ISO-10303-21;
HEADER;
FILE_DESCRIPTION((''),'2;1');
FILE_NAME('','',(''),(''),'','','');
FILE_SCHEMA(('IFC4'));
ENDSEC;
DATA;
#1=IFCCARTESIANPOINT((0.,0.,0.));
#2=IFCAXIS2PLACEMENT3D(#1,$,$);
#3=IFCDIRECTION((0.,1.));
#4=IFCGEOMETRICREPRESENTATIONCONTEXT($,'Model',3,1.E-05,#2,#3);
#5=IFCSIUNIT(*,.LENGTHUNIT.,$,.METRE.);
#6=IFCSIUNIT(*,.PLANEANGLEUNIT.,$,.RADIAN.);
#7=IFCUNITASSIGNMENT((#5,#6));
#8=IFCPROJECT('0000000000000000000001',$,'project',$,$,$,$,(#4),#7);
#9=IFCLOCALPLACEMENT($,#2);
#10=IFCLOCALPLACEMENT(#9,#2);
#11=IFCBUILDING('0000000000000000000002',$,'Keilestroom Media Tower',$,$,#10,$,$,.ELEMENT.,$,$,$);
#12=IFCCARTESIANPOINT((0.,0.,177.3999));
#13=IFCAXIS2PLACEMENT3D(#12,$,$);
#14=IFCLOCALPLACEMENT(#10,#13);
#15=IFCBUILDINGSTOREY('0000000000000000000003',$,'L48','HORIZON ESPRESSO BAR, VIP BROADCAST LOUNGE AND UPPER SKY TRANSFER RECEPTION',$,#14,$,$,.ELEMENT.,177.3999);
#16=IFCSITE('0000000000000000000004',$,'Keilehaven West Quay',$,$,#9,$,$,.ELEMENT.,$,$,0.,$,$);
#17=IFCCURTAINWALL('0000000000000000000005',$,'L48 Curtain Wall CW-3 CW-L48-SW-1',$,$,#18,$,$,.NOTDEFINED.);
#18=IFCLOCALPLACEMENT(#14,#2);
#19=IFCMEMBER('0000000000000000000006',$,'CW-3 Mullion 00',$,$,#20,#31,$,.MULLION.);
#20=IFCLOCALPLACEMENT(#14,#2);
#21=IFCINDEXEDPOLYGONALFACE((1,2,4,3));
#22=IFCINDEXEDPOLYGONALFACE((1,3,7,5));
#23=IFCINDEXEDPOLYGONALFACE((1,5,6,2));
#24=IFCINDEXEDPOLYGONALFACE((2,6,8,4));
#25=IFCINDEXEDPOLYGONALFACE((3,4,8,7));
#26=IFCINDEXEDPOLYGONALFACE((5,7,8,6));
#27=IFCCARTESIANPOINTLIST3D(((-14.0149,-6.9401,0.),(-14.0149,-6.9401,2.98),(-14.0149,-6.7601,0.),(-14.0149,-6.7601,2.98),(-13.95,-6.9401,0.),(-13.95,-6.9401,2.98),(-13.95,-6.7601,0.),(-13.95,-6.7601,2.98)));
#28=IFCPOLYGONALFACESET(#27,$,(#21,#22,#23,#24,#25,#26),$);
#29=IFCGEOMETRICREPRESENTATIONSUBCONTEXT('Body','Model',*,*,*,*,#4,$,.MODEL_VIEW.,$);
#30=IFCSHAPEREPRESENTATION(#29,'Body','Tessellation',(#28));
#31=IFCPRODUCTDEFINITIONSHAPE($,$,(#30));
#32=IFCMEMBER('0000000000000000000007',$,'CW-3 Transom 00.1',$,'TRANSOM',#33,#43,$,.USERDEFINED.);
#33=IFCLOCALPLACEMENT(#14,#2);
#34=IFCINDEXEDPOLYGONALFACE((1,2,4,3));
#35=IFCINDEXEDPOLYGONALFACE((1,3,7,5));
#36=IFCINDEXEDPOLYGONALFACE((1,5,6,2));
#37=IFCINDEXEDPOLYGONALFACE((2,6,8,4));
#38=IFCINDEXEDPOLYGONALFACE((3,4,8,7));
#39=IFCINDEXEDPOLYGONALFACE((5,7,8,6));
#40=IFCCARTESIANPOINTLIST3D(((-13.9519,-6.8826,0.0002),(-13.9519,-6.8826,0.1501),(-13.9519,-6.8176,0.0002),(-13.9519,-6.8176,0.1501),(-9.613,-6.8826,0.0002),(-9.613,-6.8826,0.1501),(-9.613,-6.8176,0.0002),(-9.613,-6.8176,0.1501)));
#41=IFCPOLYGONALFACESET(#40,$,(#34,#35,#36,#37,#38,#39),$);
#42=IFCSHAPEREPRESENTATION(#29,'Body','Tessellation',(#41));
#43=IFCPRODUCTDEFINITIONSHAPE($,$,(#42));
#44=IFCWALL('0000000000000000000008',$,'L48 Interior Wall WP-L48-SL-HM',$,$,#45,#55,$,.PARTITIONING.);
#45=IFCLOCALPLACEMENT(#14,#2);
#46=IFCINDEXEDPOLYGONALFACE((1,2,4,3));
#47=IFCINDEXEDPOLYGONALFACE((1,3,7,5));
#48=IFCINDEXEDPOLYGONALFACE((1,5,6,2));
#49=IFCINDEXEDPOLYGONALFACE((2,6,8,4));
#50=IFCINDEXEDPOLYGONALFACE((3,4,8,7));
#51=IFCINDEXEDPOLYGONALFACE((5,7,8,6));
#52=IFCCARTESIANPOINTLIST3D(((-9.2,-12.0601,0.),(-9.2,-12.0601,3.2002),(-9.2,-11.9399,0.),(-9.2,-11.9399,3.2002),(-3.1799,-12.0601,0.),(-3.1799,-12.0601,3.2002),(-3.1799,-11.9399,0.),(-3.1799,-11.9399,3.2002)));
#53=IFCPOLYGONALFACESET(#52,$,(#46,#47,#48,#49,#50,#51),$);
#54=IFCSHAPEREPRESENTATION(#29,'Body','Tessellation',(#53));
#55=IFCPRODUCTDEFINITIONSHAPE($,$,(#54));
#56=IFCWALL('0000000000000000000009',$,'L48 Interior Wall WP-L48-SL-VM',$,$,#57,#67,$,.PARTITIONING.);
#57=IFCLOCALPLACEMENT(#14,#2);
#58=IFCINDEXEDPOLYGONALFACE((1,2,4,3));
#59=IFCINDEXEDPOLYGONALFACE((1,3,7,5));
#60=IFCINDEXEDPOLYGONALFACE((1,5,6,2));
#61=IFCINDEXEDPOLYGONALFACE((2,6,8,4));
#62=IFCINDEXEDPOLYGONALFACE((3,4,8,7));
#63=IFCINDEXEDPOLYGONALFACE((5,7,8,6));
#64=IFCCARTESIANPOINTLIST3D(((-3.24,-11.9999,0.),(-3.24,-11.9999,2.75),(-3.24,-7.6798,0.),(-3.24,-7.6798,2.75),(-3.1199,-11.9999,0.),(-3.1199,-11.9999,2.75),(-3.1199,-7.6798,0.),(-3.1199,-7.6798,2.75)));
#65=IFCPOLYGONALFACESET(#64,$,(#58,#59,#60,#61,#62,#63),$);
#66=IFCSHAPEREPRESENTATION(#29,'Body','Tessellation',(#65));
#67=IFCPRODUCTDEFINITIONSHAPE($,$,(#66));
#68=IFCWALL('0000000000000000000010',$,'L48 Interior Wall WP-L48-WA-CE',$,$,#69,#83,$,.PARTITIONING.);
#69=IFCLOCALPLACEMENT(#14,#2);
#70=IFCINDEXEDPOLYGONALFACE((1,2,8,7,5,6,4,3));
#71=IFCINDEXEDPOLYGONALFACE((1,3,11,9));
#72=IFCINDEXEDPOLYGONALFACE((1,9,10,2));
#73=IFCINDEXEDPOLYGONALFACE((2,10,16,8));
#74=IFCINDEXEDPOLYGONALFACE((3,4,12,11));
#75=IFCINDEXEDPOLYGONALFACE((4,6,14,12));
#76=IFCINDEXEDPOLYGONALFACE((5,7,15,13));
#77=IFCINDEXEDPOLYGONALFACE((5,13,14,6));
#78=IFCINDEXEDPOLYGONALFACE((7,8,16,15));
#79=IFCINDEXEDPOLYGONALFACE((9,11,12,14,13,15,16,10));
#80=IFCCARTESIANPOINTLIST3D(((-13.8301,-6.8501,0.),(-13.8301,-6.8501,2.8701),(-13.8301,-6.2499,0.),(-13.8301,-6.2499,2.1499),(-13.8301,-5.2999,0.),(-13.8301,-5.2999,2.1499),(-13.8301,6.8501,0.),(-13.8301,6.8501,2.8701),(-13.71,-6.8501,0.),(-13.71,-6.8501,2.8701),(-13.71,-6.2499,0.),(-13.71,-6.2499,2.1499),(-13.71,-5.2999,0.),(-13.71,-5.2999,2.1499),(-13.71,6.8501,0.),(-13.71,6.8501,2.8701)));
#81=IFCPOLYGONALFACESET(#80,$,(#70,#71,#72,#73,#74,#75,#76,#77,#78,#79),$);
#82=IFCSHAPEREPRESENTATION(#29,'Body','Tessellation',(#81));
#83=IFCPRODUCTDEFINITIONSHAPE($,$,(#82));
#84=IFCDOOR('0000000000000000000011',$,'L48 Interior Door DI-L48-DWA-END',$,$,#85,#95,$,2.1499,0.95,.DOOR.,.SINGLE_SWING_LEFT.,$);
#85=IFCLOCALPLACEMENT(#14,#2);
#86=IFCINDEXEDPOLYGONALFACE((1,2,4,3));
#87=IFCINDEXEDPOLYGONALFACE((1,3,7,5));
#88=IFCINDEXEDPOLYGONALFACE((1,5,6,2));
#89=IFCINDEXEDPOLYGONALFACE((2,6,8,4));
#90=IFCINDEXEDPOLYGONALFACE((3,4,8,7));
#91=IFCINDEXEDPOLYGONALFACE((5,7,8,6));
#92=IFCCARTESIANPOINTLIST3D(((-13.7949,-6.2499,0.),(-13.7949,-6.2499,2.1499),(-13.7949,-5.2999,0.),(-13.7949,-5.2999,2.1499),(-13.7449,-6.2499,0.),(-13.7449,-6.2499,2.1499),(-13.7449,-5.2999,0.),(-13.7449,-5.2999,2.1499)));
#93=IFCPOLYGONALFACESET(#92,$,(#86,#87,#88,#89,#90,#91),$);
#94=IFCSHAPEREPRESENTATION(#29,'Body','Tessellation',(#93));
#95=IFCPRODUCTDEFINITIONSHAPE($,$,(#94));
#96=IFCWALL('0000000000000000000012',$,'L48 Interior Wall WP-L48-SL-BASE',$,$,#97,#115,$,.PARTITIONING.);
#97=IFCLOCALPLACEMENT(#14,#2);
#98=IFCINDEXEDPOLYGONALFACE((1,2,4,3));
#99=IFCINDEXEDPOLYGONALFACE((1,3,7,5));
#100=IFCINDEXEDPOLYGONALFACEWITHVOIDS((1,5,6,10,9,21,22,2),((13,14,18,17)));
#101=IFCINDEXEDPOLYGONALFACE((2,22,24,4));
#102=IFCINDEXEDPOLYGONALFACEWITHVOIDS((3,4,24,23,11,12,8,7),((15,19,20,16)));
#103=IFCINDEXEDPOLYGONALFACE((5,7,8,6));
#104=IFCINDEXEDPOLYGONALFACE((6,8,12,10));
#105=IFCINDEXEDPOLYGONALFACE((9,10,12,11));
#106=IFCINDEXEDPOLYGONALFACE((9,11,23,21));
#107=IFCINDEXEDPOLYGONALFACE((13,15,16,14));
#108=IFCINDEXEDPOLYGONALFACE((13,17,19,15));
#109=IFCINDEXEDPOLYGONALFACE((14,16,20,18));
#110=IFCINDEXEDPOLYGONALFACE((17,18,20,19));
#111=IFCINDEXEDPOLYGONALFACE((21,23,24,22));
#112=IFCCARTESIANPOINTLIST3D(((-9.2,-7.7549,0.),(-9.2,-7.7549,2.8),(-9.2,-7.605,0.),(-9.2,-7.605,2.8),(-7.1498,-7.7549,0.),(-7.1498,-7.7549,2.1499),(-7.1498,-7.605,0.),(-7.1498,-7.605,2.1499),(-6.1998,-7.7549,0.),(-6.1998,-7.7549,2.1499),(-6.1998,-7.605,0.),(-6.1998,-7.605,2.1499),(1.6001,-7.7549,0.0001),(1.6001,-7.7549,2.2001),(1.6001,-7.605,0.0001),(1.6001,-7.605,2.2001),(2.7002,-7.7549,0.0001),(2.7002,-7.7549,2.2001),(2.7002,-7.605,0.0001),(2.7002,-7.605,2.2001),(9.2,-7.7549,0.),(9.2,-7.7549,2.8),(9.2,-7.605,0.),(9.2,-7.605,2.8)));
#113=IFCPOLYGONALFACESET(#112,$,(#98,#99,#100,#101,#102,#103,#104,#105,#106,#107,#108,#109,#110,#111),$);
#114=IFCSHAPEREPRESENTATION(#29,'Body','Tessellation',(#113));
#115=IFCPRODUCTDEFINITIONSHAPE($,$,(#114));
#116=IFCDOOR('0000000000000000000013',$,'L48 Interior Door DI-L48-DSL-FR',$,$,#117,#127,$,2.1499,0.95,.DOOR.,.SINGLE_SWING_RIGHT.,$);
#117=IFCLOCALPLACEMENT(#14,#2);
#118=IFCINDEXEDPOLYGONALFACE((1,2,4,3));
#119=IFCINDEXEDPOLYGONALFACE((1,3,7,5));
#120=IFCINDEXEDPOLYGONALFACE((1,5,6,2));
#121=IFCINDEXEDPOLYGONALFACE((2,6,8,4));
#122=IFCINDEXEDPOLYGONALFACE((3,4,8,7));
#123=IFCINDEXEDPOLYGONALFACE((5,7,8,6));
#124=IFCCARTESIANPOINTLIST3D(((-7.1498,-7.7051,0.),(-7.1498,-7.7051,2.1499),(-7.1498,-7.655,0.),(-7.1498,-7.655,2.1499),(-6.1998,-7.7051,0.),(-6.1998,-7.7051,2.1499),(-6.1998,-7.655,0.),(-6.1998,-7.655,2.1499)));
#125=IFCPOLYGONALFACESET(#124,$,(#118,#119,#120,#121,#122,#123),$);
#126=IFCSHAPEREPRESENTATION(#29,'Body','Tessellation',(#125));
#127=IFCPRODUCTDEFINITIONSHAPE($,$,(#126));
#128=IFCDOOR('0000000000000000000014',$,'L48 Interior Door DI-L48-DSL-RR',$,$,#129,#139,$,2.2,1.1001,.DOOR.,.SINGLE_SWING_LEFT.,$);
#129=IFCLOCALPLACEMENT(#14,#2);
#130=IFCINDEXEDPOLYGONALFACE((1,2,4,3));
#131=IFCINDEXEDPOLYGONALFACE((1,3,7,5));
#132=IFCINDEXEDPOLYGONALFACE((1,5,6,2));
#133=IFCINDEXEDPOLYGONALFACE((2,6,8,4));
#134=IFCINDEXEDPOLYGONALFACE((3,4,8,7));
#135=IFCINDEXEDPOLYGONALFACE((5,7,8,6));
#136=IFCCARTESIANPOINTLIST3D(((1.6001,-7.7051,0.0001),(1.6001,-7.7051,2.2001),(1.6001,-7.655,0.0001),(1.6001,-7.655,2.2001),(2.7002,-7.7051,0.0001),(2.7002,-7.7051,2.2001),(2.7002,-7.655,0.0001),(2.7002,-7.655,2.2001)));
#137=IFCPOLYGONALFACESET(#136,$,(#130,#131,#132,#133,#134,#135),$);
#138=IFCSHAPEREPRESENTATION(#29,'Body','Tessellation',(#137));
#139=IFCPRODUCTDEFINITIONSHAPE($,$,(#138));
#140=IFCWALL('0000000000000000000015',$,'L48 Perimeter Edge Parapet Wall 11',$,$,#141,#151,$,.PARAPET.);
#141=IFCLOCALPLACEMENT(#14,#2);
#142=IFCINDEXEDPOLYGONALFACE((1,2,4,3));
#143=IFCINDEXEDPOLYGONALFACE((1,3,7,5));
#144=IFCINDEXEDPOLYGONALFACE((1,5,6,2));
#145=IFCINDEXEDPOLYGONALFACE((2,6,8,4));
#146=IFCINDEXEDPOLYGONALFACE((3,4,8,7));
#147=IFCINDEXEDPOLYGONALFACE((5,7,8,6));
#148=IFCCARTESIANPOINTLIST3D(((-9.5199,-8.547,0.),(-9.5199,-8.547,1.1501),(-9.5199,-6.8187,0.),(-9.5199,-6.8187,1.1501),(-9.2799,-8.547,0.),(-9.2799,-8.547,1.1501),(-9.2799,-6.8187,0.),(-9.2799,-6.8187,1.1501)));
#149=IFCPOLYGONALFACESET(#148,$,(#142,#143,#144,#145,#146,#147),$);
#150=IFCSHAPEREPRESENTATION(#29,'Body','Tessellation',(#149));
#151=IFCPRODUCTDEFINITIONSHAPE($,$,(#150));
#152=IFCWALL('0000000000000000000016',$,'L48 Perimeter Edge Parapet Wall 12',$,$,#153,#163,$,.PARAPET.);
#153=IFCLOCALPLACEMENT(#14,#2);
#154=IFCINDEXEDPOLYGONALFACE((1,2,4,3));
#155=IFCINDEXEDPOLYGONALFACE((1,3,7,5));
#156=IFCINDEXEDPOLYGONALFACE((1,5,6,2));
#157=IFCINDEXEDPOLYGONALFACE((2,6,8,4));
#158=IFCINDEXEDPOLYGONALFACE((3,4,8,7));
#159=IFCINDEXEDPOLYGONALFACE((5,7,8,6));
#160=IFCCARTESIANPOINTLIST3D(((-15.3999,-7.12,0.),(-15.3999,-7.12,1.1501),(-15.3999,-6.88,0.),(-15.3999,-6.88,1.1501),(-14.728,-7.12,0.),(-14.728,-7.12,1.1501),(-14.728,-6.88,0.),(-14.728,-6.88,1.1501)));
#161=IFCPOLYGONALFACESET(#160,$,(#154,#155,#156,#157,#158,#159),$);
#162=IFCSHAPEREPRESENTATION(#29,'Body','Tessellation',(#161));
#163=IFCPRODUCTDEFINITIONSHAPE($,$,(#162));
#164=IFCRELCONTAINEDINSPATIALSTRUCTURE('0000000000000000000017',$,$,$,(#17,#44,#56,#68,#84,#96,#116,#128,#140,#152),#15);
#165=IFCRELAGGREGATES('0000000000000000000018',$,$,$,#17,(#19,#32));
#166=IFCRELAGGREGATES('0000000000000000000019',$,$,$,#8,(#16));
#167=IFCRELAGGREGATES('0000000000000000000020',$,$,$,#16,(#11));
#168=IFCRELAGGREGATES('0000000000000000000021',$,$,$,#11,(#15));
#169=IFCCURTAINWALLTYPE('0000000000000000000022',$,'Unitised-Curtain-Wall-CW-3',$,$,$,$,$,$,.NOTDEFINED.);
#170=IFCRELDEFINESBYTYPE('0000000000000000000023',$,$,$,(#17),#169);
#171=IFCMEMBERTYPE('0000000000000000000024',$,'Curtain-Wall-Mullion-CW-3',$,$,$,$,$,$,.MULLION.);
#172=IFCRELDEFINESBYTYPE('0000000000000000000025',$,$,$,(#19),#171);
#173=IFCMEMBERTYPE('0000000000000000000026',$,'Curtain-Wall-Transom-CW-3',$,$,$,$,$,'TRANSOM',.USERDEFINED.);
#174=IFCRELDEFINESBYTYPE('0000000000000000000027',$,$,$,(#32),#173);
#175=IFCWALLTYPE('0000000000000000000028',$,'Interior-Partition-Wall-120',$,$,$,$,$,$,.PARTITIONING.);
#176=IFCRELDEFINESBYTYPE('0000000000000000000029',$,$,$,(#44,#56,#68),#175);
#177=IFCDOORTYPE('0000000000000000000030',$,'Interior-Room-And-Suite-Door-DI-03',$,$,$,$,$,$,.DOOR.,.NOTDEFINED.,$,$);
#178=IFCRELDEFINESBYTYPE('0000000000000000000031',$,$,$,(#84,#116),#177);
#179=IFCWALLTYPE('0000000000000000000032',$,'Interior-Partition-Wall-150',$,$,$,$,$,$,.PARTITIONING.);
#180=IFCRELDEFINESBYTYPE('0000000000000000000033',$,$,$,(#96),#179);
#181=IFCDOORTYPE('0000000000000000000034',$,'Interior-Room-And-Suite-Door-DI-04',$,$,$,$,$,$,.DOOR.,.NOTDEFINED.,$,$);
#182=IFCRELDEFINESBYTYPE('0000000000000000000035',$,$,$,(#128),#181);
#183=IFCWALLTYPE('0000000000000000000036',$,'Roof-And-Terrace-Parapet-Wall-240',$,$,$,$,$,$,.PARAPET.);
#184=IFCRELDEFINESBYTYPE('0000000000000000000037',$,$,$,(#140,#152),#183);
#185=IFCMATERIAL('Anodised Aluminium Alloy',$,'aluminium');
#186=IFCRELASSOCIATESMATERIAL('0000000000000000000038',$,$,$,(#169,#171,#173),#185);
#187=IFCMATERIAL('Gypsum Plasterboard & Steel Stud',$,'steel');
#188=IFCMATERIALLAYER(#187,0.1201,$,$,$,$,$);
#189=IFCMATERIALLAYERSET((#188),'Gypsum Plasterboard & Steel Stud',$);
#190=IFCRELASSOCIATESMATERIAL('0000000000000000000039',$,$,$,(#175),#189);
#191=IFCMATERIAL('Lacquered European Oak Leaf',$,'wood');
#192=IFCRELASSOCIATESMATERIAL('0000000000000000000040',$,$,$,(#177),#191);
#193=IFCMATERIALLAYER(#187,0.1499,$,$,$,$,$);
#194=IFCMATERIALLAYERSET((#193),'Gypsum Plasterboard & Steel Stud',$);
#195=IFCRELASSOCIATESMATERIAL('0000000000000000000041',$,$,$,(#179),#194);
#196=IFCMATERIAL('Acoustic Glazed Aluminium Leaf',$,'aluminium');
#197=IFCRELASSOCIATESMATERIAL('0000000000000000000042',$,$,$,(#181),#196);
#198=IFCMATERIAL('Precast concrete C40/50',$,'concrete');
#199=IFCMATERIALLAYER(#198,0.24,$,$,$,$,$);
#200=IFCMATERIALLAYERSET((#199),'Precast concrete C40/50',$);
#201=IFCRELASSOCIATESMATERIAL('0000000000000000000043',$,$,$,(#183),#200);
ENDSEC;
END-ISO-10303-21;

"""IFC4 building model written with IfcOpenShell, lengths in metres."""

from ifc_helpers import new_model, si_unit, direction, frame, frame_2d, origin, origin_2d, place, context, subcontext, project, spatial, rectangle, extrude, source, transform, mapped, material, layer, layer_set, material_profile, profile_set, type_object, element, fill, aggregate, save


model = new_model("IFC4")

# Units and contexts
model_context = context("Model", 3, precision=1e-05, world=origin(), true_north=direction((0.0, 1.0)))
body_context = subcontext(model_context, "Body", "Model", "MODEL_VIEW")
ifc_project = project(units=[si_unit("LENGTHUNIT", "METRE"), si_unit("PLANEANGLEUNIT", "RADIAN")], contexts=[model_context])

# Site, building, storey
site_placement = place(None, origin())
site = spatial("IfcSite", under=ifc_project, at=site_placement, Name="Keilehaven West Quay", CompositionType="ELEMENT", RefElevation=0.0)
building_placement = place(site_placement, origin())
building = spatial("IfcBuilding", under=site, at=building_placement, Name="Keilestroom Media Tower", CompositionType="ELEMENT")
storey_placement = place(building_placement, frame((0.0, 0.0, 177.3999)))
storey = spatial("IfcBuildingStorey", under=building, at=storey_placement, Name="L48", Description="HORIZON ESPRESSO BAR, VIP BROADCAST LOUNGE AND UPPER SKY TRANSFER RECEPTION", CompositionType="ELEMENT", Elevation=177.3999)

# Shared definitions
ifc_material_1 = material(Name="Precast concrete C40/50", Category="concrete")

# Curtain wall, members
ifc_material_2 = material(Name="Anodised Aluminium Alloy", Category="aluminium")
curtain_wall_type = type_object("IfcCurtainWallType", Name="Unitised-Curtain-Wall-CW-3", PredefinedType="NOTDEFINED", material=ifc_material_2)
curtain_wall_placement = place(storey_placement, origin())
curtain_wall = element("IfcCurtainWall", 1, at=curtain_wall_placement, inside=storey, type_object=curtain_wall_type, Name="L48 Curtain Wall CW-3 CW-L48-SW-1", PredefinedType="NOTDEFINED")
ifc_material_profile_1 = material_profile(ifc_material_2, rectangle(XDim=0.0649, YDim=0.1799, at=origin_2d()), Name="ALU MULLION 65x180")
ifc_profile_set_1 = profile_set([ifc_material_profile_1], Name="Anodised Aluminium Alloy")
member_type_1 = type_object("IfcMemberType", Name="Curtain-Wall-Mullion-CW-3", PredefinedType="MULLION", material=ifc_profile_set_1)
shared_shape_1 = source(origin(), body_context, "Body", "SweptSolid", [
    extrude(rectangle(XDim=0.0649, YDim=0.1799, at=origin_2d()), origin(), (0.0, 0.0, 1.0), 2.98),
])
member_1_placement = place(storey_placement, frame((-13.9824, -6.8501, 0.0), z_axis=(0.0, 0.0, 1.0), x_axis=(1.0, 0.0, 0.0)))
member_1 = element("IfcMember", 2, at=member_1_placement, type_object=member_type_1, Name="CW-3 Mullion 00", PredefinedType="MULLION", context=body_context, shape_type="MappedRepresentation", body=[
    mapped(shared_shape_1, transform((0.0, 0.0, 0.0), x_axis=(1.0, 0.0, 0.0), y_axis=(0.0, 1.0, 0.0), z_axis=(0.0, 0.0, 1.0), scale=1.0)),
])
ifc_material_profile_2 = material_profile(ifc_material_2, rectangle(XDim=0.0649, YDim=0.1499, at=origin_2d()), Name="ALU TRANSOM 65x150")
ifc_profile_set_2 = profile_set([ifc_material_profile_2], Name="Anodised Aluminium Alloy")
member_type_2 = type_object("IfcMemberType", Name="Curtain-Wall-Transom-CW-3", ElementType="TRANSOM", PredefinedType="USERDEFINED", material=ifc_profile_set_2)
shared_shape_2 = source(origin(), body_context, "Body", "SweptSolid", [
    extrude(rectangle(XDim=0.0649, YDim=0.1499, at=origin_2d()), origin(), (0.0, 0.0, 1.0), 4.3389),
])
member_2_placement = place(storey_placement, frame((-13.9519, -6.8501, 0.0752), z_axis=(1.0, 0.0, 0.0), x_axis=(0.0, 1.0, 0.0)))
member_2 = element("IfcMember", 3, at=member_2_placement, type_object=member_type_2, Name="CW-3 Transom 00.1", ObjectType="TRANSOM", PredefinedType="USERDEFINED", context=body_context, shape_type="MappedRepresentation", body=[
    mapped(shared_shape_2, transform((0.0, 0.0, 0.0), x_axis=(1.0, 0.0, 0.0), y_axis=(0.0, 1.0, 0.0), z_axis=(0.0, 0.0, 1.0), scale=1.0)),
])
aggregate(curtain_wall, [member_1, member_2])

# Walls
ifc_material_3 = material(Name="Gypsum Plasterboard & Steel Stud", Category="steel")
ifc_layer_1 = layer(ifc_material_3, 0.1201)
ifc_layer_set_1 = layer_set([ifc_layer_1], Name="Gypsum Plasterboard & Steel Stud")
wall_type_1 = type_object("IfcWallType", Name="Interior-Partition-Wall-120", PredefinedType="PARTITIONING", material=ifc_layer_set_1)
wall_1_placement = place(storey_placement, frame((-9.2, -12.0, 0.0), z_axis=(0.0, 0.0, 1.0), x_axis=(1.0, 0.0, 0.0)))
element("IfcWall", 4, at=wall_1_placement, inside=storey, type_object=wall_type_1, Name="L48 Interior Wall WP-L48-SL-HM", PredefinedType="PARTITIONING", context=body_context, shape_type="SweptSolid", body=[
    extrude(rectangle(XDim=6.02, YDim=0.1201, at=frame_2d((3.01, 0.0))), origin(), (0.0, 0.0, 1.0), 3.2002),
])
wall_2_placement = place(storey_placement, frame((-3.1799, -12.0, 0.0), z_axis=(0.0, 0.0, 1.0), x_axis=(0.0, 1.0, 0.0)))
element("IfcWall", 5, at=wall_2_placement, inside=storey, type_object=wall_type_1, Name="L48 Interior Wall WP-L48-SL-VM", PredefinedType="PARTITIONING", context=body_context, shape_type="SweptSolid", body=[
    extrude(rectangle(XDim=4.3201, YDim=0.1201, at=frame_2d((2.1602, 0.0))), origin(), (0.0, 0.0, 1.0), 2.75),
])

# Wall, opening, door
wall_3_placement = place(storey_placement, frame((-13.77, -6.8501, 0.0), z_axis=(0.0, 0.0, 1.0), x_axis=(0.0, 1.0, 0.0)))
wall_3 = element("IfcWall", 6, at=wall_3_placement, inside=storey, type_object=wall_type_1, Name="L48 Interior Wall WP-L48-WA-CE", PredefinedType="PARTITIONING", context=body_context, shape_type="SweptSolid", body=[
    extrude(rectangle(XDim=13.7002, YDim=0.1201, at=frame_2d((6.8501, 0.0))), origin(), (0.0, 0.0, 1.0), 2.8701),
])
opening_1_placement = place(wall_3_placement, frame((0.6001, 0.0, 0.0)))
opening_1 = element("IfcOpeningElement", 7, at=opening_1_placement, cuts=wall_3, PredefinedType="OPENING", context=body_context, shape_type="SweptSolid", body=[
    extrude(rectangle(XDim=0.95, YDim=2.1499, at=frame_2d((0.4751, 1.075))), frame((0.0, 0.0701, 0.0), z_axis=(0.0, -1.0, 0.0), x_axis=(1.0, 0.0, 0.0)), (0.0, 0.0, 1.0), 0.1401),
])
ifc_material_4 = material(Name="Lacquered European Oak Leaf", Category="wood")
door_type_1 = type_object("IfcDoorType", Name="Interior-Room-And-Suite-Door-DI-03", OperationType="NOTDEFINED", PredefinedType="DOOR", material=ifc_material_4)
shared_shape_3 = source(origin(), body_context, "Body", "SweptSolid", [
    extrude(rectangle(XDim=0.95, YDim=2.1499, at=frame_2d((0.4751, 1.075))), frame((0.0, 0.0249, 0.0), z_axis=(0.0, -1.0, 0.0), x_axis=(1.0, 0.0, 0.0)), (0.0, 0.0, 1.0), 0.05),
])
door_1_placement = place(opening_1_placement, origin())
door_1 = element("IfcDoor", 8, at=door_1_placement, inside=storey, type_object=door_type_1, Name="L48 Interior Door DI-L48-DWA-END", OperationType="SINGLE_SWING_LEFT", OverallHeight=2.1499, OverallWidth=0.95, PredefinedType="DOOR", context=body_context, shape_type="MappedRepresentation", body=[
    mapped(shared_shape_3, transform((0.0, 0.0, 0.0), x_axis=(1.0, 0.0, 0.0), y_axis=(0.0, 1.0, 0.0), z_axis=(0.0, 0.0, 1.0), scale=1.0)),
])
fill(opening_1, door_1)

# Wall, openings, doors
ifc_layer_2 = layer(ifc_material_3, 0.1499)
ifc_layer_set_2 = layer_set([ifc_layer_2], Name="Gypsum Plasterboard & Steel Stud")
wall_type_2 = type_object("IfcWallType", Name="Interior-Partition-Wall-150", PredefinedType="PARTITIONING", material=ifc_layer_set_2)
wall_4_placement = place(storey_placement, frame((-9.2, -7.6799, 0.0), z_axis=(0.0, 0.0, 1.0), x_axis=(1.0, 0.0, 0.0)))
wall_4 = element("IfcWall", 9, at=wall_4_placement, inside=storey, type_object=wall_type_2, Name="L48 Interior Wall WP-L48-SL-BASE", PredefinedType="PARTITIONING", context=body_context, shape_type="SweptSolid", body=[
    extrude(rectangle(XDim=18.3999, YDim=0.1499, at=frame_2d((9.2, 0.0))), origin(), (0.0, 0.0, 1.0), 2.8),
])
opening_2_placement = place(wall_4_placement, frame((2.05, 0.0, 0.0)))
opening_2 = element("IfcOpeningElement", 10, at=opening_2_placement, cuts=wall_4, PredefinedType="OPENING", context=body_context, shape_type="SweptSolid", body=[
    extrude(rectangle(XDim=0.95, YDim=2.1499, at=frame_2d((0.4751, 1.075))), frame((0.0, 0.085, 0.0), z_axis=(0.0, -1.0, 0.0), x_axis=(1.0, 0.0, 0.0)), (0.0, 0.0, 1.0), 0.1699),
])
opening_3_placement = place(wall_4_placement, frame((10.8, 0.0, 0.0)))
opening_3 = element("IfcOpeningElement", 11, at=opening_3_placement, cuts=wall_4, PredefinedType="OPENING", context=body_context, shape_type="SweptSolid", body=[
    extrude(rectangle(XDim=1.1001, YDim=2.2, at=frame_2d((0.55, 1.1001))), frame((0.0, 0.085, 0.0), z_axis=(0.0, -1.0, 0.0), x_axis=(1.0, 0.0, 0.0)), (0.0, 0.0, 1.0), 0.1699),
])
door_2_placement = place(opening_2_placement, origin())
door_2 = element("IfcDoor", 12, at=door_2_placement, inside=storey, type_object=door_type_1, Name="L48 Interior Door DI-L48-DSL-FR", OperationType="SINGLE_SWING_RIGHT", OverallHeight=2.1499, OverallWidth=0.95, PredefinedType="DOOR", context=body_context, shape_type="MappedRepresentation", body=[
    mapped(shared_shape_3, transform((0.0, 0.0, 0.0), x_axis=(1.0, 0.0, 0.0), y_axis=(0.0, 1.0, 0.0), z_axis=(0.0, 0.0, 1.0), scale=1.0)),
])
fill(opening_2, door_2)
ifc_material_5 = material(Name="Acoustic Glazed Aluminium Leaf", Category="aluminium")
door_type_2 = type_object("IfcDoorType", Name="Interior-Room-And-Suite-Door-DI-04", OperationType="NOTDEFINED", PredefinedType="DOOR", material=ifc_material_5)
shared_shape_4 = source(origin(), body_context, "Body", "SweptSolid", [
    extrude(rectangle(XDim=1.1001, YDim=2.2, at=frame_2d((0.55, 1.1001))), frame((0.0, 0.0249, 0.0), z_axis=(0.0, -1.0, 0.0), x_axis=(1.0, 0.0, 0.0)), (0.0, 0.0, 1.0), 0.05),
])
door_3_placement = place(opening_3_placement, origin())
door_3 = element("IfcDoor", 13, at=door_3_placement, inside=storey, type_object=door_type_2, Name="L48 Interior Door DI-L48-DSL-RR", OperationType="SINGLE_SWING_LEFT", OverallHeight=2.2, OverallWidth=1.1001, PredefinedType="DOOR", context=body_context, shape_type="MappedRepresentation", body=[
    mapped(shared_shape_4, transform((0.0, 0.0, 0.0), x_axis=(1.0, 0.0, 0.0), y_axis=(0.0, 1.0, 0.0), z_axis=(0.0, 0.0, 1.0), scale=1.0)),
])
fill(opening_3, door_3)

# Walls
ifc_layer_3 = layer(ifc_material_1, 0.24)
ifc_layer_set_3 = layer_set([ifc_layer_3], Name="Precast concrete C40/50")
wall_type_3 = type_object("IfcWallType", Name="Roof-And-Terrace-Parapet-Wall-240", PredefinedType="PARAPET", material=ifc_layer_set_3)
wall_5_placement = place(storey_placement, frame((-9.3999, -8.5471, 0.0), z_axis=(0.0, 0.0, 1.0), x_axis=(0.0, 1.0, 0.0)))
element("IfcWall", 14, at=wall_5_placement, inside=storey, type_object=wall_type_3, Name="L48 Perimeter Edge Parapet Wall 11", PredefinedType="PARAPET", context=body_context, shape_type="SweptSolid", body=[
    extrude(rectangle(XDim=1.7283, YDim=0.24, at=frame_2d((0.8643, 0.0))), origin(), (0.0, 0.0, 1.0), 1.1501),
])
wall_6_placement = place(storey_placement, frame((-14.728, -7.0, 0.0), z_axis=(0.0, 0.0, 1.0), x_axis=(-1.0, 0.0, 0.0)))
element("IfcWall", 15, at=wall_6_placement, inside=storey, type_object=wall_type_3, Name="L48 Perimeter Edge Parapet Wall 12", PredefinedType="PARAPET", context=body_context, shape_type="SweptSolid", body=[
    extrude(rectangle(XDim=0.6719, YDim=0.24, at=frame_2d((0.3359, 0.0))), origin(), (0.0, 0.0, 1.0), 1.1501),
])

save(model, "model.ifc")
